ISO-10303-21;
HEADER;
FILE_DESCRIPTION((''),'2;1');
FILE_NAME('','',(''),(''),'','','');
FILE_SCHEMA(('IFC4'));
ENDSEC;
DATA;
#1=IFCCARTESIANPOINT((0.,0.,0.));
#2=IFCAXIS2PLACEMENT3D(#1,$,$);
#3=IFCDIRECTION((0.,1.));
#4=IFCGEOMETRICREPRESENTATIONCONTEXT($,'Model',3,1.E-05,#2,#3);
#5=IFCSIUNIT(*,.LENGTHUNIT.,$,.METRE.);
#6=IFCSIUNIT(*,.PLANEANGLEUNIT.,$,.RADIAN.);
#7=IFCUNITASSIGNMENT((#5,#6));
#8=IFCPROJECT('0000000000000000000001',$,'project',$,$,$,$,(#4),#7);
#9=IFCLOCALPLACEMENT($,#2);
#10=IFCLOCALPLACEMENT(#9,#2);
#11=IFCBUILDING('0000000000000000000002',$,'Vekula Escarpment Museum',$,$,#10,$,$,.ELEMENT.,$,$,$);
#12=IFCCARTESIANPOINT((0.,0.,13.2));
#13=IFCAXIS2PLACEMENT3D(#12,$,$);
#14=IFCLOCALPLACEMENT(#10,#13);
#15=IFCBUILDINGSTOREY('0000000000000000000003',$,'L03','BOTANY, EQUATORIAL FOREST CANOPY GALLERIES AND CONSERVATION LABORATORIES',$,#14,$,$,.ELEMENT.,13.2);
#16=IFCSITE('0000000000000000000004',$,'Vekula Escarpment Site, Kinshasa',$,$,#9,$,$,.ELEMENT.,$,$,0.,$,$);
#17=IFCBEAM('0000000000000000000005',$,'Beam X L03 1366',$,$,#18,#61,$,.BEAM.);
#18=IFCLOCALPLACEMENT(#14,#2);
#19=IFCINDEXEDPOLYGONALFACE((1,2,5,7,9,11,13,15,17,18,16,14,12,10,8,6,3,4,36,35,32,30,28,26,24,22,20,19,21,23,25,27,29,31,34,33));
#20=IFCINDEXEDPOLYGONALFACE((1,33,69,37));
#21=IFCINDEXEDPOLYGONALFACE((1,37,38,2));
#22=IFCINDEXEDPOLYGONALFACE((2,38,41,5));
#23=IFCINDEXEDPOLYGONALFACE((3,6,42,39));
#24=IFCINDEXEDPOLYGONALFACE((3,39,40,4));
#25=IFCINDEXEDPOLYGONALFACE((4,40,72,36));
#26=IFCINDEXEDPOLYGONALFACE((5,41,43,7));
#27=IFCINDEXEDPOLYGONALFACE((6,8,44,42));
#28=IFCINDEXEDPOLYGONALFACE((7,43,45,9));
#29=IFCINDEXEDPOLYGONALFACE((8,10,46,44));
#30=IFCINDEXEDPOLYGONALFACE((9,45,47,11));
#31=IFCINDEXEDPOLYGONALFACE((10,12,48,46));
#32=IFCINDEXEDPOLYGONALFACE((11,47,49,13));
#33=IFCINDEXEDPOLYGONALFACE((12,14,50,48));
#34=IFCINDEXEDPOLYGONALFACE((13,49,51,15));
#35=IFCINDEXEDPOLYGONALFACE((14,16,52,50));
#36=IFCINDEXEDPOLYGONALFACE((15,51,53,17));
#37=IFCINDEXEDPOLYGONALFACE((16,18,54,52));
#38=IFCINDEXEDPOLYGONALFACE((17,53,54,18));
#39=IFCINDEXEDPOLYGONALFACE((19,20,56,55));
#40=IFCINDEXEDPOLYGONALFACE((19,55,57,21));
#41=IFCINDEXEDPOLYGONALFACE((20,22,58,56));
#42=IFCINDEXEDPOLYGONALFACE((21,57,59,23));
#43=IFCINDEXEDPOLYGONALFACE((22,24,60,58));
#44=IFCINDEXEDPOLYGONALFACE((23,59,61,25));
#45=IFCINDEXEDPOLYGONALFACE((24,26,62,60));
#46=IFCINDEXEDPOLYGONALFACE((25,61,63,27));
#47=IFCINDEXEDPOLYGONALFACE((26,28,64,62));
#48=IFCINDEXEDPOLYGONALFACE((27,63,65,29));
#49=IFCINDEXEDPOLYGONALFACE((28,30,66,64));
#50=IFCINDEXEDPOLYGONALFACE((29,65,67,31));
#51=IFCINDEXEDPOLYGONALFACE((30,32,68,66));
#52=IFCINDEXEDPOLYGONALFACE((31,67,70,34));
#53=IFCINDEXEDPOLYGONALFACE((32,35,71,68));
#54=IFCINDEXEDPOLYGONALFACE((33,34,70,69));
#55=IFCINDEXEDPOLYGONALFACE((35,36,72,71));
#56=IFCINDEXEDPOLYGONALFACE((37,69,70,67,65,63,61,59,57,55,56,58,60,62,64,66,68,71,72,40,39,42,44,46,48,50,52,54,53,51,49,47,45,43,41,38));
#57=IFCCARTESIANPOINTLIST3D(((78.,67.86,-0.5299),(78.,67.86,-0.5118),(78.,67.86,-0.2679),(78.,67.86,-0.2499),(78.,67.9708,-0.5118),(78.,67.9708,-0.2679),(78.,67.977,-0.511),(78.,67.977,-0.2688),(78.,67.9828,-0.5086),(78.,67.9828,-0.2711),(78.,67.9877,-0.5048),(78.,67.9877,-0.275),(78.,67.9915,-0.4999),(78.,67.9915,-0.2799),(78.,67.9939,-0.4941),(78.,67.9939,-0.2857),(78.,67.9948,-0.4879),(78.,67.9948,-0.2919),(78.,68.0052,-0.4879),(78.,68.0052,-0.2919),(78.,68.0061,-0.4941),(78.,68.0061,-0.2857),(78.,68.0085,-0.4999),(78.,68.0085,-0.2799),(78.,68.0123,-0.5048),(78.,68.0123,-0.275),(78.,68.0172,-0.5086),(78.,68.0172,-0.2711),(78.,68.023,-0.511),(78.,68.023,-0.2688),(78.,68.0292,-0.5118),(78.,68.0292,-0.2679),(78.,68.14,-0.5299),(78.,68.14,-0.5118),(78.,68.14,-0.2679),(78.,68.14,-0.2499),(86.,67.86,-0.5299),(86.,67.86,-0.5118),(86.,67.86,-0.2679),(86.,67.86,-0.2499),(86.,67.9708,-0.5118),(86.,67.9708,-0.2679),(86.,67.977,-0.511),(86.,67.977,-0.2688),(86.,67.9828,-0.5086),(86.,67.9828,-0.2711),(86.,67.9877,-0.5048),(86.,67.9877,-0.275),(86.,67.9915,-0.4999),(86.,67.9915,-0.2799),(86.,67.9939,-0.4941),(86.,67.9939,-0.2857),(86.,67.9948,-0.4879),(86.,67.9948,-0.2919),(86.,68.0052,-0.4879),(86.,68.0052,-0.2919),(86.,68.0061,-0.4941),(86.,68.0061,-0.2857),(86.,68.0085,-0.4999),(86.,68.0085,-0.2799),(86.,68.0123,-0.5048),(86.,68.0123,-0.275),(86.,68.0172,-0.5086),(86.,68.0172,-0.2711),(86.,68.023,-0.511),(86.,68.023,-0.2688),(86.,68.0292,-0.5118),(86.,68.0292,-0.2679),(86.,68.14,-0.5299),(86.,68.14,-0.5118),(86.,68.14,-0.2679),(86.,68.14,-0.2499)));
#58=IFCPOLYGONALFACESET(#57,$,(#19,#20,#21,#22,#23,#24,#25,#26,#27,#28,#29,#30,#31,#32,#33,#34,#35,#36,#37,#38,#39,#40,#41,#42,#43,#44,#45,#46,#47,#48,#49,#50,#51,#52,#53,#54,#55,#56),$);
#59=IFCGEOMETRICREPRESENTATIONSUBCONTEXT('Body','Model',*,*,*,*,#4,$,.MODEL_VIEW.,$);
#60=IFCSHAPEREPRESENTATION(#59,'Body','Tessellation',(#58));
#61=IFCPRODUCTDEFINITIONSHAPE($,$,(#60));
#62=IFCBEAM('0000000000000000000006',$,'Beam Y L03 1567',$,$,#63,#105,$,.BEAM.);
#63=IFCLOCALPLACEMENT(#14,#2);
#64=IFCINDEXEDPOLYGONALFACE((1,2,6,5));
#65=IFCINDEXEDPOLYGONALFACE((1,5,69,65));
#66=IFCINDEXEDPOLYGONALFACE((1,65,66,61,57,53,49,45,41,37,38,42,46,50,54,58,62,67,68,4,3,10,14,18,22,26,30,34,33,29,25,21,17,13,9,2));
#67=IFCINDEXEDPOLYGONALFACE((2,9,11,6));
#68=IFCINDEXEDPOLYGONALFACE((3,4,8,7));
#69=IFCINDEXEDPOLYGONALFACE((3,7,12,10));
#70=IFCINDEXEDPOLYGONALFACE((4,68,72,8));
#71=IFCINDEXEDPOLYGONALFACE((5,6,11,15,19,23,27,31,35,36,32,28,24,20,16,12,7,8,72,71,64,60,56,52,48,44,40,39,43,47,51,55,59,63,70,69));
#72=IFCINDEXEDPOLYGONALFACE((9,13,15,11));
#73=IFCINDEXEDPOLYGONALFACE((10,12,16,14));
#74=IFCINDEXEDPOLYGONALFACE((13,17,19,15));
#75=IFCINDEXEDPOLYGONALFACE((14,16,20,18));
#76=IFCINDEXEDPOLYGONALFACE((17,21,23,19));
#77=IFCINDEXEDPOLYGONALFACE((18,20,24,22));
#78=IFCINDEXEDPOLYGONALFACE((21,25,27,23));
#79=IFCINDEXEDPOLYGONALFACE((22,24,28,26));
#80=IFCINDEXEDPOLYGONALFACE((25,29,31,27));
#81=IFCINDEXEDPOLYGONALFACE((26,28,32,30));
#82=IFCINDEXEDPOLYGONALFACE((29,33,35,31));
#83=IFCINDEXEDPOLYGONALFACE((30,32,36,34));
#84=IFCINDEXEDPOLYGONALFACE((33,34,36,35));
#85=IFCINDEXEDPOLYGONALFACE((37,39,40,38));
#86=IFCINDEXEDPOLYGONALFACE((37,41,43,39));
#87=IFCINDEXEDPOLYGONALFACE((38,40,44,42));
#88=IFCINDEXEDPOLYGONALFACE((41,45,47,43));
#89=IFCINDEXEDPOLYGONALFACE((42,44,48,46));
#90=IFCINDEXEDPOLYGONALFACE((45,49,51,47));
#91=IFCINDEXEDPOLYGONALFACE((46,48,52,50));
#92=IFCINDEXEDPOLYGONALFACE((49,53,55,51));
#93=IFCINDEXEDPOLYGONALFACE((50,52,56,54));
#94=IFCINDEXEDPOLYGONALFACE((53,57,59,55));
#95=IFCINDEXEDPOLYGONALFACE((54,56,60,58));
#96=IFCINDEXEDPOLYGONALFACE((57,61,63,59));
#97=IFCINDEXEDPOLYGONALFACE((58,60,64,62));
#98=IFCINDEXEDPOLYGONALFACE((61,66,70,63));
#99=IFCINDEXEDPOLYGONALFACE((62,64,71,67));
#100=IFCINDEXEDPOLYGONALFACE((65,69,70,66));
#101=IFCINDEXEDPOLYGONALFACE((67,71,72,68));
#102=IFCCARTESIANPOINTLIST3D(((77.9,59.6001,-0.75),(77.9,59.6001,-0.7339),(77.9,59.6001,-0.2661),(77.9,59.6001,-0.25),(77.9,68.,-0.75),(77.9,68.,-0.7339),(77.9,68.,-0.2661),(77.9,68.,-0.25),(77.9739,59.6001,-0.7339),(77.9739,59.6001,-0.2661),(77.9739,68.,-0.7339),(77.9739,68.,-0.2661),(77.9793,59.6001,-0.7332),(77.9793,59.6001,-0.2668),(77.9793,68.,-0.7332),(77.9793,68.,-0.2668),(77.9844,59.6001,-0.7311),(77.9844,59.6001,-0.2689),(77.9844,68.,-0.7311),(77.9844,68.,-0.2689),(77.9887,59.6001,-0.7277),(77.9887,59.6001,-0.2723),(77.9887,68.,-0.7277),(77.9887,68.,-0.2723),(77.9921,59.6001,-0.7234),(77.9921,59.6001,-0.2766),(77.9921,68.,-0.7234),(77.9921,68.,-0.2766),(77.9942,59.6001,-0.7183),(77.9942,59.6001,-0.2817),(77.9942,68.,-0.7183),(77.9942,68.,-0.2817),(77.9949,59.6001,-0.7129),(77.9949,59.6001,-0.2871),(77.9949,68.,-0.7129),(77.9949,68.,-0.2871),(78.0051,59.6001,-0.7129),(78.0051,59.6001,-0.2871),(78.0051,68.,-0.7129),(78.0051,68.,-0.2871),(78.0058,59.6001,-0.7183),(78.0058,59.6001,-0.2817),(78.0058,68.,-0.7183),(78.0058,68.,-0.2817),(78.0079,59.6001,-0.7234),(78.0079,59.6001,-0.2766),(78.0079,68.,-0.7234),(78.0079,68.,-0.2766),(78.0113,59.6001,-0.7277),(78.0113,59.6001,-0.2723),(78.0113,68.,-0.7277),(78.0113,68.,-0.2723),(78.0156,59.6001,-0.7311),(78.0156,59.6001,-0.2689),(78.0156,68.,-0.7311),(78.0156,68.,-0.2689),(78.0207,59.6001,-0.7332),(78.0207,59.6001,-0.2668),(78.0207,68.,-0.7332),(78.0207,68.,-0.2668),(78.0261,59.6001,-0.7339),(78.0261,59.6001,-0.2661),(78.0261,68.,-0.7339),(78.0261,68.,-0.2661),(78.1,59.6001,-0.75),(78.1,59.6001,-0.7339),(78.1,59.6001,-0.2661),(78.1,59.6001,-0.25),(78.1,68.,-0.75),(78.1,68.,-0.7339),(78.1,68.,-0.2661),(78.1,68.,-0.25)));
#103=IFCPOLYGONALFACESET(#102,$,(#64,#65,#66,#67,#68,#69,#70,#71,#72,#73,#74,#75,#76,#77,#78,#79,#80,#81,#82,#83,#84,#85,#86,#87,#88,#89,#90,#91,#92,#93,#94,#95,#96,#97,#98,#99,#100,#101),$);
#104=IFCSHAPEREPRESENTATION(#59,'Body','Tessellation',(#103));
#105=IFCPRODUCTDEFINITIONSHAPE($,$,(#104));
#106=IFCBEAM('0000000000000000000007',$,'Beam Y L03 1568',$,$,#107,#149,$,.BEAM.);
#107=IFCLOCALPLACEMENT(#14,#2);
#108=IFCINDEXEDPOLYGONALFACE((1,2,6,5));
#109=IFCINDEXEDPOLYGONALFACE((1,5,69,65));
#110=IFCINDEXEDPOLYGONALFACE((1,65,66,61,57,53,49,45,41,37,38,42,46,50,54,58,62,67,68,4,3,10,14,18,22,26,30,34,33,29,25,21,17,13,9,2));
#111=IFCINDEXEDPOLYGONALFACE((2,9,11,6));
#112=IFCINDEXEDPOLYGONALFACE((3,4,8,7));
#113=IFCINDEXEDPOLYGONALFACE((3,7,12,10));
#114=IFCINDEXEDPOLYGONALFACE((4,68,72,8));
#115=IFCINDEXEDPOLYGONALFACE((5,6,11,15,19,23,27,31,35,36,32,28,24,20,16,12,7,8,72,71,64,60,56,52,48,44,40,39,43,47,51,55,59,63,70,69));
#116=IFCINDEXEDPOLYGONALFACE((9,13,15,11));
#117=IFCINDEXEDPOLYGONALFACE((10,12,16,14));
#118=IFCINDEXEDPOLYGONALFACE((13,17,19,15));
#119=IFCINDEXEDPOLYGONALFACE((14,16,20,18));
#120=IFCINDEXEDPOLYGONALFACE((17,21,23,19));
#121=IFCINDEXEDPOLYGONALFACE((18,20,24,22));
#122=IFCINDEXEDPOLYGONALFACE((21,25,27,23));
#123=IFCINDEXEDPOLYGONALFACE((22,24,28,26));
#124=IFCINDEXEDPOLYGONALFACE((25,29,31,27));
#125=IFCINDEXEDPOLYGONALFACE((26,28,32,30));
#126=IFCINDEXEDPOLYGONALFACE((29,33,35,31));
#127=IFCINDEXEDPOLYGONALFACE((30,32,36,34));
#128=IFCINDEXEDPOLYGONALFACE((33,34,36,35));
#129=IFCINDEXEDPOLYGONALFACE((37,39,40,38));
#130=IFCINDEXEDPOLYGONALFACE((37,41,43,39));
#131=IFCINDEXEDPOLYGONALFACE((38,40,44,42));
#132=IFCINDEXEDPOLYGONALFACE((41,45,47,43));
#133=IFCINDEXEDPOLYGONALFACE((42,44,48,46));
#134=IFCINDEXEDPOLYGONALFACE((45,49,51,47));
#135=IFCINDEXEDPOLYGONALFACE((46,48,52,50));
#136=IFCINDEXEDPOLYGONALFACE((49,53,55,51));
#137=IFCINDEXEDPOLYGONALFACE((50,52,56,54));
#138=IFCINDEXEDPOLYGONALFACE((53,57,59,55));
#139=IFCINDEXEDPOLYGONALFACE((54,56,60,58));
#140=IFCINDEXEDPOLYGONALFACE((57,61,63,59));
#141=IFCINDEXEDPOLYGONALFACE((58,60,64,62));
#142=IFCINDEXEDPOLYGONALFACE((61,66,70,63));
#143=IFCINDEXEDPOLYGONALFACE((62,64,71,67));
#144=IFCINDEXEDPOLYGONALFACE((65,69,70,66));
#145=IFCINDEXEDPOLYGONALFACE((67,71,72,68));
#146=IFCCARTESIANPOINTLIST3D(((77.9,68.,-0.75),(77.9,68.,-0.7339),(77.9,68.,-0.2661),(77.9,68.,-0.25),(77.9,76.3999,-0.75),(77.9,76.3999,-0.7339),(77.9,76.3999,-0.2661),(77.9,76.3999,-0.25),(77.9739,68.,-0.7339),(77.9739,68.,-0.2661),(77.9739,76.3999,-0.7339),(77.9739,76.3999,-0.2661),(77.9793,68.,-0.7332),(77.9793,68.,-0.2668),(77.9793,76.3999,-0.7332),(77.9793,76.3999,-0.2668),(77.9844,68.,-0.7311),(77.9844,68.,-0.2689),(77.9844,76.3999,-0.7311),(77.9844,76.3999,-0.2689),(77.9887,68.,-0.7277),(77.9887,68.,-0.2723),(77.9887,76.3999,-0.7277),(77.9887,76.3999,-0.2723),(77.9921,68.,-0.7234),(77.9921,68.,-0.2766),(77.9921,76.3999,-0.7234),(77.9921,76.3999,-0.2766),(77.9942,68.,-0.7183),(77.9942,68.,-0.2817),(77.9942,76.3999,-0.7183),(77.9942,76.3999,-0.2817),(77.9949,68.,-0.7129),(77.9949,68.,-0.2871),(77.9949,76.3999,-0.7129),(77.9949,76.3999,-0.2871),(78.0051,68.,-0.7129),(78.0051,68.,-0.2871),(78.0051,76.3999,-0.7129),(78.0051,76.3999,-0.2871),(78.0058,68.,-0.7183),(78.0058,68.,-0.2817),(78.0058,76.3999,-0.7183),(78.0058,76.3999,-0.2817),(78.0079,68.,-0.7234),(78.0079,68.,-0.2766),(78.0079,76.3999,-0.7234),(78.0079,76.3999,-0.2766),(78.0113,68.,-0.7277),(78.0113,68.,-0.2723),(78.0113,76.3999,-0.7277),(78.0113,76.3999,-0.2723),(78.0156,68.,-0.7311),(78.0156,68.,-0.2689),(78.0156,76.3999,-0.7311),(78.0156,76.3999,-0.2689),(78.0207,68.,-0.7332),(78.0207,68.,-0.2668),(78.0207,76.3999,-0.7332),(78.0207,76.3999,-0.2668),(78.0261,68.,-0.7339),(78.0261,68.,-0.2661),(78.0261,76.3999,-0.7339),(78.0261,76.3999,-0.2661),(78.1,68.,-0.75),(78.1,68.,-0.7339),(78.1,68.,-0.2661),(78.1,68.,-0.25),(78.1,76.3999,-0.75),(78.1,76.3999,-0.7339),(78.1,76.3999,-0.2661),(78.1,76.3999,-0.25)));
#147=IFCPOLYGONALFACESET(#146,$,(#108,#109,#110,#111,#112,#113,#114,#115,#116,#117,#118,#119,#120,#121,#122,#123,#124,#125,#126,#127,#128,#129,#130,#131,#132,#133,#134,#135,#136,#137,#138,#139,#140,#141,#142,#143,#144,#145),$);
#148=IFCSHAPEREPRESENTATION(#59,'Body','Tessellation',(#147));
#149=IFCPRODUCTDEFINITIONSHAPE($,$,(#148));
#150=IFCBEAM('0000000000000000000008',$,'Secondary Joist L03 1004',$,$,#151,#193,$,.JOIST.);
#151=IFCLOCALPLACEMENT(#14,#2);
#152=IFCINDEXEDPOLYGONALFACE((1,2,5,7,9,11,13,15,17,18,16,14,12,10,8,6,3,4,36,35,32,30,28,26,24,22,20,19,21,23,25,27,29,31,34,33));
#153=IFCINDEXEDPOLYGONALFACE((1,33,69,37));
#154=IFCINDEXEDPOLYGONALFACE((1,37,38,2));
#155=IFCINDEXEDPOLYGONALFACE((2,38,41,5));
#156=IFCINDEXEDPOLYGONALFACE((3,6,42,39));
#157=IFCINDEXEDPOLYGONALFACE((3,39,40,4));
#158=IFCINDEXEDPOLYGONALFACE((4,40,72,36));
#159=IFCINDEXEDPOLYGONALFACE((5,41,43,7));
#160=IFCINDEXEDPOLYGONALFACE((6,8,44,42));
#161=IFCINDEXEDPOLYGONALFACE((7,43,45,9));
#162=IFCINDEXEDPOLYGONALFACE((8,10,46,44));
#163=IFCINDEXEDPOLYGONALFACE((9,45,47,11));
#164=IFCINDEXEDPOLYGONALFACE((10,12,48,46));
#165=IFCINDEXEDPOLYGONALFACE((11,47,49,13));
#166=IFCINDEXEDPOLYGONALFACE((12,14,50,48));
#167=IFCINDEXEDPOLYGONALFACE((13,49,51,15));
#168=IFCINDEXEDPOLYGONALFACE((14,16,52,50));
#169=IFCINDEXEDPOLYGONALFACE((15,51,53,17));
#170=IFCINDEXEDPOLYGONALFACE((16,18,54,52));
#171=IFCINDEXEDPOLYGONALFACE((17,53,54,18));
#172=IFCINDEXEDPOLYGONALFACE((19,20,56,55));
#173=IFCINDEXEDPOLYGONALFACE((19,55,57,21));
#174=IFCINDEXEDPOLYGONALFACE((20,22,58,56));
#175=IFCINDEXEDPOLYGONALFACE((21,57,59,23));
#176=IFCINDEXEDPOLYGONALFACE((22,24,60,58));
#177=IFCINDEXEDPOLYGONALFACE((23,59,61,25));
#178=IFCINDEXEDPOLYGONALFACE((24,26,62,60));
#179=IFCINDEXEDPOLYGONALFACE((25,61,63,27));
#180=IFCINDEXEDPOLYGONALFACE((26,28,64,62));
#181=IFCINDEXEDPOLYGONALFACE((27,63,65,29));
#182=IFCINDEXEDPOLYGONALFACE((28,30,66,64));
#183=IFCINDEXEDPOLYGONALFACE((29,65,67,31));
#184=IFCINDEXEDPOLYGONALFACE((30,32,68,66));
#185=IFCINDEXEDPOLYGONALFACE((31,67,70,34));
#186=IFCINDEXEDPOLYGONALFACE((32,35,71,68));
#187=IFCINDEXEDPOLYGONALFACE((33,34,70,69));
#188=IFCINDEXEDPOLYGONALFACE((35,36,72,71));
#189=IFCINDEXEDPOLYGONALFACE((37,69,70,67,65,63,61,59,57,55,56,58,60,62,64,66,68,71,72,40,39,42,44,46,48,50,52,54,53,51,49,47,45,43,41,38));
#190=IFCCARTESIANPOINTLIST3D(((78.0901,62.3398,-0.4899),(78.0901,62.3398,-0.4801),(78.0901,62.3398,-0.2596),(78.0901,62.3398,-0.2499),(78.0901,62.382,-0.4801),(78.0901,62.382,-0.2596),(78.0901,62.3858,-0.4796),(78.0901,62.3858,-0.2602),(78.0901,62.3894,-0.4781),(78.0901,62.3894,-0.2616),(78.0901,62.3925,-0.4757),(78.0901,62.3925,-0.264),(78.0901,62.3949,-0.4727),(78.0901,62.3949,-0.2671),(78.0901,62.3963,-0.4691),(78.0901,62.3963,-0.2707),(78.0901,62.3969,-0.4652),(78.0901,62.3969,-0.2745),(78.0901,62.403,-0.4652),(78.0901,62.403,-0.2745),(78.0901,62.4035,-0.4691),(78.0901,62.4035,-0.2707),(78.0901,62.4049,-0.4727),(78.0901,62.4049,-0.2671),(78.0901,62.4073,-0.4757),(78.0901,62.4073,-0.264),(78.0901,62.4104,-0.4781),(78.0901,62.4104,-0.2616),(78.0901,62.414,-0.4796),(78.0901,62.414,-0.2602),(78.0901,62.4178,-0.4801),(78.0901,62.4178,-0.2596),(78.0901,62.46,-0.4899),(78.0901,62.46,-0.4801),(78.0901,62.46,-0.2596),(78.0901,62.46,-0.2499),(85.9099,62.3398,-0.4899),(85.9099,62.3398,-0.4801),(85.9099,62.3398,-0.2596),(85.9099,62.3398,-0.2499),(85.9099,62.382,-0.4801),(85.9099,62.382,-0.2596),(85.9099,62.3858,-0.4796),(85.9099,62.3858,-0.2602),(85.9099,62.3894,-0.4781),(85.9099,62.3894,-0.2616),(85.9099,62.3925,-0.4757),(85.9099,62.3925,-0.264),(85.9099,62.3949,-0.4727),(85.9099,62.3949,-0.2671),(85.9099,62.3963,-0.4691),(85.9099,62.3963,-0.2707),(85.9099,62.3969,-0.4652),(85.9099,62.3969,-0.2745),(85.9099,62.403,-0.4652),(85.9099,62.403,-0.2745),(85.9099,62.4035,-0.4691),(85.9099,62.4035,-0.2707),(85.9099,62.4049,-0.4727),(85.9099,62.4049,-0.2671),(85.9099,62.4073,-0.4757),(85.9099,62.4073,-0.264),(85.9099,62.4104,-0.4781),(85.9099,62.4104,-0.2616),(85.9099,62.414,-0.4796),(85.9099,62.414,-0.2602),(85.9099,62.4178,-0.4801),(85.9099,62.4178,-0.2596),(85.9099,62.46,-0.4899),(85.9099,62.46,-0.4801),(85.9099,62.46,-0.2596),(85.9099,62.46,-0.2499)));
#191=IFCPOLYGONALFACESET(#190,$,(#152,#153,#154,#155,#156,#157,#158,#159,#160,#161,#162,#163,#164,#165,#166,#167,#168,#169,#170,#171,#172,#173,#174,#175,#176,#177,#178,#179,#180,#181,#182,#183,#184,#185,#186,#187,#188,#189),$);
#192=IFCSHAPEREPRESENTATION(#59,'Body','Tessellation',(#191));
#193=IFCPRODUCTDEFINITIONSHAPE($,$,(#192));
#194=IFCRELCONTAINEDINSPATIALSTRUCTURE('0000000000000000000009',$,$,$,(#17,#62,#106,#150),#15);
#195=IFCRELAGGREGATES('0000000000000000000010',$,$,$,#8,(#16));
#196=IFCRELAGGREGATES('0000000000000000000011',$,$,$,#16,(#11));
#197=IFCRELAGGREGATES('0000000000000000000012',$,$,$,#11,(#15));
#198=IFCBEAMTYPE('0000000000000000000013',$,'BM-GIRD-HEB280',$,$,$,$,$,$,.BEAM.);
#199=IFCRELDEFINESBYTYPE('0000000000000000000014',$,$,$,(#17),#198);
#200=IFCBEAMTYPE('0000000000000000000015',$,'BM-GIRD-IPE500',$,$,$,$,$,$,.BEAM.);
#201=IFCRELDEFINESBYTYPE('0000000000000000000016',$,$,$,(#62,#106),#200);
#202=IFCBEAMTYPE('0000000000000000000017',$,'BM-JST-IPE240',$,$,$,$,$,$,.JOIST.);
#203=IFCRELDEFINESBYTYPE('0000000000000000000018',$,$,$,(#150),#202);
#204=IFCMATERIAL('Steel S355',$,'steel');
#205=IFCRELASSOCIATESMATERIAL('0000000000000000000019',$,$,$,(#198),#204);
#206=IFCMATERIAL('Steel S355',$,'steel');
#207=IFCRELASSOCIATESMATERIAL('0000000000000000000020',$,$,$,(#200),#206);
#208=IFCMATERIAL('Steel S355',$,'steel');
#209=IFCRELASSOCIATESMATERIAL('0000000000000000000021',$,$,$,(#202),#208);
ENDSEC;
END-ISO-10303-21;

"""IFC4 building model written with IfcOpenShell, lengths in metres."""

from ifc_helpers import new_model, si_unit, direction, frame, origin, origin_2d, place, context, subcontext, project, spatial, i_section, extrude, material, material_profile, profile_set, type_object, element, save


model = new_model("IFC4")

# Units and contexts
model_context = context("Model", 3, precision=1e-05, world=origin(), true_north=direction((0.0, 1.0)))
body_context = subcontext(model_context, "Body", "Model", "MODEL_VIEW")
ifc_project = project(units=[si_unit("LENGTHUNIT", "METRE"), si_unit("PLANEANGLEUNIT", "RADIAN")], contexts=[model_context])

# Site, building, storey
site_placement = place(None, origin())
site = spatial("IfcSite", under=ifc_project, at=site_placement, Name="Vekula Escarpment Site, Kinshasa", CompositionType="ELEMENT", RefElevation=0.0)
building_placement = place(site_placement, origin())
building = spatial("IfcBuilding", under=site, at=building_placement, Name="Vekula Escarpment Museum", CompositionType="ELEMENT")
storey_placement = place(building_placement, frame((0.0, 0.0, 13.2)))
storey = spatial("IfcBuildingStorey", under=building, at=storey_placement, Name="L03", Description="BOTANY, EQUATORIAL FOREST CANOPY GALLERIES AND CONSERVATION LABORATORIES", CompositionType="ELEMENT", Elevation=13.2)

# Beams
ifc_material_1 = material(Name="Steel S355", Category="steel")
ifc_material_profile_1 = material_profile(ifc_material_1, i_section(OverallWidth=0.28, OverallDepth=0.28, WebThickness=0.0105, FlangeThickness=0.0181, FilletRadius=0.0239, at=origin_2d()), Name="HEB 280")
ifc_profile_set_1 = profile_set([ifc_material_profile_1], Name="Steel S355")
beam_type_1 = type_object("IfcBeamType", Name="BM-GIRD-HEB280", PredefinedType="BEAM", material=ifc_profile_set_1)
beam_placement = place(storey_placement, frame((78.0, 68.0, -0.3899), z_axis=(1.0, 0.0, 0.0), x_axis=(0.0, 1.0, 0.0)))
element("IfcBeam", 1, at=beam_placement, inside=storey, type_object=beam_type_1, Name="Beam X L03 1366", PredefinedType="BEAM", context=body_context, shape_type="SweptSolid", body=[
    extrude(i_section(OverallWidth=0.28, OverallDepth=0.28, WebThickness=0.0105, FlangeThickness=0.0181, FilletRadius=0.0239, at=origin_2d()), origin(), (0.0, 0.0, 1.0), 8.0),
])
ifc_material_2 = material(Name="Steel S355", Category="steel")
ifc_material_profile_2 = material_profile(ifc_material_2, i_section(OverallWidth=0.2, OverallDepth=0.5, WebThickness=0.0103, FlangeThickness=0.0161, FilletRadius=0.021, at=origin_2d()), Name="IPE 500")
ifc_profile_set_2 = profile_set([ifc_material_profile_2], Name="Steel S355")
beam_type_2 = type_object("IfcBeamType", Name="BM-GIRD-IPE500", PredefinedType="BEAM", material=ifc_profile_set_2)
for number, where, z_axis, x_axis, name in (
    (2, (78.0, 59.6001, -0.5), (0.0, 1.0, 0.0), (-1.0, 0.0, 0.0), "Beam Y L03 1567"),
    (3, (78.0, 68.0, -0.5), (0.0, 1.0, 0.0), (-1.0, 0.0, 0.0), "Beam Y L03 1568"),
):
    element("IfcBeam", number, at=place(storey_placement, frame(where, z_axis=z_axis, x_axis=x_axis)), inside=storey, type_object=beam_type_2, Name=name, PredefinedType="BEAM", context=body_context, shape_type="SweptSolid", body=[
        extrude(i_section(OverallWidth=0.2, OverallDepth=0.5, WebThickness=0.0103, FlangeThickness=0.0161, FilletRadius=0.021, at=origin_2d()), origin(), (0.0, 0.0, 1.0), 8.3999),
    ])
ifc_material_3 = material(Name="Steel S355", Category="steel")
ifc_material_profile_3 = material_profile(ifc_material_3, i_section(OverallWidth=0.1201, OverallDepth=0.24, WebThickness=0.0061, FlangeThickness=0.0098, FilletRadius=0.0149, at=origin_2d()), Name="IPE 240")
ifc_profile_set_3 = profile_set([ifc_material_profile_3], Name="Steel S355")
beam_type_3 = type_object("IfcBeamType", Name="BM-JST-IPE240", PredefinedType="JOIST", material=ifc_profile_set_3)
for number, where, z_axis, x_axis, name in (
    (4, (78.0901, 62.3999, -0.3699), (1.0, 0.0, 0.0), (0.0, 1.0, 0.0), "Secondary Joist L03 1004"),
):
    element("IfcBeam", number, at=place(storey_placement, frame(where, z_axis=z_axis, x_axis=x_axis)), inside=storey, type_object=beam_type_3, Name=name, PredefinedType="JOIST", context=body_context, shape_type="SweptSolid", body=[
        extrude(i_section(OverallWidth=0.1201, OverallDepth=0.24, WebThickness=0.0061, FlangeThickness=0.0098, FilletRadius=0.0149, at=origin_2d()), origin(), (0.0, 0.0, 1.0), 7.8198),
    ])

save(model, "model.ifc")
